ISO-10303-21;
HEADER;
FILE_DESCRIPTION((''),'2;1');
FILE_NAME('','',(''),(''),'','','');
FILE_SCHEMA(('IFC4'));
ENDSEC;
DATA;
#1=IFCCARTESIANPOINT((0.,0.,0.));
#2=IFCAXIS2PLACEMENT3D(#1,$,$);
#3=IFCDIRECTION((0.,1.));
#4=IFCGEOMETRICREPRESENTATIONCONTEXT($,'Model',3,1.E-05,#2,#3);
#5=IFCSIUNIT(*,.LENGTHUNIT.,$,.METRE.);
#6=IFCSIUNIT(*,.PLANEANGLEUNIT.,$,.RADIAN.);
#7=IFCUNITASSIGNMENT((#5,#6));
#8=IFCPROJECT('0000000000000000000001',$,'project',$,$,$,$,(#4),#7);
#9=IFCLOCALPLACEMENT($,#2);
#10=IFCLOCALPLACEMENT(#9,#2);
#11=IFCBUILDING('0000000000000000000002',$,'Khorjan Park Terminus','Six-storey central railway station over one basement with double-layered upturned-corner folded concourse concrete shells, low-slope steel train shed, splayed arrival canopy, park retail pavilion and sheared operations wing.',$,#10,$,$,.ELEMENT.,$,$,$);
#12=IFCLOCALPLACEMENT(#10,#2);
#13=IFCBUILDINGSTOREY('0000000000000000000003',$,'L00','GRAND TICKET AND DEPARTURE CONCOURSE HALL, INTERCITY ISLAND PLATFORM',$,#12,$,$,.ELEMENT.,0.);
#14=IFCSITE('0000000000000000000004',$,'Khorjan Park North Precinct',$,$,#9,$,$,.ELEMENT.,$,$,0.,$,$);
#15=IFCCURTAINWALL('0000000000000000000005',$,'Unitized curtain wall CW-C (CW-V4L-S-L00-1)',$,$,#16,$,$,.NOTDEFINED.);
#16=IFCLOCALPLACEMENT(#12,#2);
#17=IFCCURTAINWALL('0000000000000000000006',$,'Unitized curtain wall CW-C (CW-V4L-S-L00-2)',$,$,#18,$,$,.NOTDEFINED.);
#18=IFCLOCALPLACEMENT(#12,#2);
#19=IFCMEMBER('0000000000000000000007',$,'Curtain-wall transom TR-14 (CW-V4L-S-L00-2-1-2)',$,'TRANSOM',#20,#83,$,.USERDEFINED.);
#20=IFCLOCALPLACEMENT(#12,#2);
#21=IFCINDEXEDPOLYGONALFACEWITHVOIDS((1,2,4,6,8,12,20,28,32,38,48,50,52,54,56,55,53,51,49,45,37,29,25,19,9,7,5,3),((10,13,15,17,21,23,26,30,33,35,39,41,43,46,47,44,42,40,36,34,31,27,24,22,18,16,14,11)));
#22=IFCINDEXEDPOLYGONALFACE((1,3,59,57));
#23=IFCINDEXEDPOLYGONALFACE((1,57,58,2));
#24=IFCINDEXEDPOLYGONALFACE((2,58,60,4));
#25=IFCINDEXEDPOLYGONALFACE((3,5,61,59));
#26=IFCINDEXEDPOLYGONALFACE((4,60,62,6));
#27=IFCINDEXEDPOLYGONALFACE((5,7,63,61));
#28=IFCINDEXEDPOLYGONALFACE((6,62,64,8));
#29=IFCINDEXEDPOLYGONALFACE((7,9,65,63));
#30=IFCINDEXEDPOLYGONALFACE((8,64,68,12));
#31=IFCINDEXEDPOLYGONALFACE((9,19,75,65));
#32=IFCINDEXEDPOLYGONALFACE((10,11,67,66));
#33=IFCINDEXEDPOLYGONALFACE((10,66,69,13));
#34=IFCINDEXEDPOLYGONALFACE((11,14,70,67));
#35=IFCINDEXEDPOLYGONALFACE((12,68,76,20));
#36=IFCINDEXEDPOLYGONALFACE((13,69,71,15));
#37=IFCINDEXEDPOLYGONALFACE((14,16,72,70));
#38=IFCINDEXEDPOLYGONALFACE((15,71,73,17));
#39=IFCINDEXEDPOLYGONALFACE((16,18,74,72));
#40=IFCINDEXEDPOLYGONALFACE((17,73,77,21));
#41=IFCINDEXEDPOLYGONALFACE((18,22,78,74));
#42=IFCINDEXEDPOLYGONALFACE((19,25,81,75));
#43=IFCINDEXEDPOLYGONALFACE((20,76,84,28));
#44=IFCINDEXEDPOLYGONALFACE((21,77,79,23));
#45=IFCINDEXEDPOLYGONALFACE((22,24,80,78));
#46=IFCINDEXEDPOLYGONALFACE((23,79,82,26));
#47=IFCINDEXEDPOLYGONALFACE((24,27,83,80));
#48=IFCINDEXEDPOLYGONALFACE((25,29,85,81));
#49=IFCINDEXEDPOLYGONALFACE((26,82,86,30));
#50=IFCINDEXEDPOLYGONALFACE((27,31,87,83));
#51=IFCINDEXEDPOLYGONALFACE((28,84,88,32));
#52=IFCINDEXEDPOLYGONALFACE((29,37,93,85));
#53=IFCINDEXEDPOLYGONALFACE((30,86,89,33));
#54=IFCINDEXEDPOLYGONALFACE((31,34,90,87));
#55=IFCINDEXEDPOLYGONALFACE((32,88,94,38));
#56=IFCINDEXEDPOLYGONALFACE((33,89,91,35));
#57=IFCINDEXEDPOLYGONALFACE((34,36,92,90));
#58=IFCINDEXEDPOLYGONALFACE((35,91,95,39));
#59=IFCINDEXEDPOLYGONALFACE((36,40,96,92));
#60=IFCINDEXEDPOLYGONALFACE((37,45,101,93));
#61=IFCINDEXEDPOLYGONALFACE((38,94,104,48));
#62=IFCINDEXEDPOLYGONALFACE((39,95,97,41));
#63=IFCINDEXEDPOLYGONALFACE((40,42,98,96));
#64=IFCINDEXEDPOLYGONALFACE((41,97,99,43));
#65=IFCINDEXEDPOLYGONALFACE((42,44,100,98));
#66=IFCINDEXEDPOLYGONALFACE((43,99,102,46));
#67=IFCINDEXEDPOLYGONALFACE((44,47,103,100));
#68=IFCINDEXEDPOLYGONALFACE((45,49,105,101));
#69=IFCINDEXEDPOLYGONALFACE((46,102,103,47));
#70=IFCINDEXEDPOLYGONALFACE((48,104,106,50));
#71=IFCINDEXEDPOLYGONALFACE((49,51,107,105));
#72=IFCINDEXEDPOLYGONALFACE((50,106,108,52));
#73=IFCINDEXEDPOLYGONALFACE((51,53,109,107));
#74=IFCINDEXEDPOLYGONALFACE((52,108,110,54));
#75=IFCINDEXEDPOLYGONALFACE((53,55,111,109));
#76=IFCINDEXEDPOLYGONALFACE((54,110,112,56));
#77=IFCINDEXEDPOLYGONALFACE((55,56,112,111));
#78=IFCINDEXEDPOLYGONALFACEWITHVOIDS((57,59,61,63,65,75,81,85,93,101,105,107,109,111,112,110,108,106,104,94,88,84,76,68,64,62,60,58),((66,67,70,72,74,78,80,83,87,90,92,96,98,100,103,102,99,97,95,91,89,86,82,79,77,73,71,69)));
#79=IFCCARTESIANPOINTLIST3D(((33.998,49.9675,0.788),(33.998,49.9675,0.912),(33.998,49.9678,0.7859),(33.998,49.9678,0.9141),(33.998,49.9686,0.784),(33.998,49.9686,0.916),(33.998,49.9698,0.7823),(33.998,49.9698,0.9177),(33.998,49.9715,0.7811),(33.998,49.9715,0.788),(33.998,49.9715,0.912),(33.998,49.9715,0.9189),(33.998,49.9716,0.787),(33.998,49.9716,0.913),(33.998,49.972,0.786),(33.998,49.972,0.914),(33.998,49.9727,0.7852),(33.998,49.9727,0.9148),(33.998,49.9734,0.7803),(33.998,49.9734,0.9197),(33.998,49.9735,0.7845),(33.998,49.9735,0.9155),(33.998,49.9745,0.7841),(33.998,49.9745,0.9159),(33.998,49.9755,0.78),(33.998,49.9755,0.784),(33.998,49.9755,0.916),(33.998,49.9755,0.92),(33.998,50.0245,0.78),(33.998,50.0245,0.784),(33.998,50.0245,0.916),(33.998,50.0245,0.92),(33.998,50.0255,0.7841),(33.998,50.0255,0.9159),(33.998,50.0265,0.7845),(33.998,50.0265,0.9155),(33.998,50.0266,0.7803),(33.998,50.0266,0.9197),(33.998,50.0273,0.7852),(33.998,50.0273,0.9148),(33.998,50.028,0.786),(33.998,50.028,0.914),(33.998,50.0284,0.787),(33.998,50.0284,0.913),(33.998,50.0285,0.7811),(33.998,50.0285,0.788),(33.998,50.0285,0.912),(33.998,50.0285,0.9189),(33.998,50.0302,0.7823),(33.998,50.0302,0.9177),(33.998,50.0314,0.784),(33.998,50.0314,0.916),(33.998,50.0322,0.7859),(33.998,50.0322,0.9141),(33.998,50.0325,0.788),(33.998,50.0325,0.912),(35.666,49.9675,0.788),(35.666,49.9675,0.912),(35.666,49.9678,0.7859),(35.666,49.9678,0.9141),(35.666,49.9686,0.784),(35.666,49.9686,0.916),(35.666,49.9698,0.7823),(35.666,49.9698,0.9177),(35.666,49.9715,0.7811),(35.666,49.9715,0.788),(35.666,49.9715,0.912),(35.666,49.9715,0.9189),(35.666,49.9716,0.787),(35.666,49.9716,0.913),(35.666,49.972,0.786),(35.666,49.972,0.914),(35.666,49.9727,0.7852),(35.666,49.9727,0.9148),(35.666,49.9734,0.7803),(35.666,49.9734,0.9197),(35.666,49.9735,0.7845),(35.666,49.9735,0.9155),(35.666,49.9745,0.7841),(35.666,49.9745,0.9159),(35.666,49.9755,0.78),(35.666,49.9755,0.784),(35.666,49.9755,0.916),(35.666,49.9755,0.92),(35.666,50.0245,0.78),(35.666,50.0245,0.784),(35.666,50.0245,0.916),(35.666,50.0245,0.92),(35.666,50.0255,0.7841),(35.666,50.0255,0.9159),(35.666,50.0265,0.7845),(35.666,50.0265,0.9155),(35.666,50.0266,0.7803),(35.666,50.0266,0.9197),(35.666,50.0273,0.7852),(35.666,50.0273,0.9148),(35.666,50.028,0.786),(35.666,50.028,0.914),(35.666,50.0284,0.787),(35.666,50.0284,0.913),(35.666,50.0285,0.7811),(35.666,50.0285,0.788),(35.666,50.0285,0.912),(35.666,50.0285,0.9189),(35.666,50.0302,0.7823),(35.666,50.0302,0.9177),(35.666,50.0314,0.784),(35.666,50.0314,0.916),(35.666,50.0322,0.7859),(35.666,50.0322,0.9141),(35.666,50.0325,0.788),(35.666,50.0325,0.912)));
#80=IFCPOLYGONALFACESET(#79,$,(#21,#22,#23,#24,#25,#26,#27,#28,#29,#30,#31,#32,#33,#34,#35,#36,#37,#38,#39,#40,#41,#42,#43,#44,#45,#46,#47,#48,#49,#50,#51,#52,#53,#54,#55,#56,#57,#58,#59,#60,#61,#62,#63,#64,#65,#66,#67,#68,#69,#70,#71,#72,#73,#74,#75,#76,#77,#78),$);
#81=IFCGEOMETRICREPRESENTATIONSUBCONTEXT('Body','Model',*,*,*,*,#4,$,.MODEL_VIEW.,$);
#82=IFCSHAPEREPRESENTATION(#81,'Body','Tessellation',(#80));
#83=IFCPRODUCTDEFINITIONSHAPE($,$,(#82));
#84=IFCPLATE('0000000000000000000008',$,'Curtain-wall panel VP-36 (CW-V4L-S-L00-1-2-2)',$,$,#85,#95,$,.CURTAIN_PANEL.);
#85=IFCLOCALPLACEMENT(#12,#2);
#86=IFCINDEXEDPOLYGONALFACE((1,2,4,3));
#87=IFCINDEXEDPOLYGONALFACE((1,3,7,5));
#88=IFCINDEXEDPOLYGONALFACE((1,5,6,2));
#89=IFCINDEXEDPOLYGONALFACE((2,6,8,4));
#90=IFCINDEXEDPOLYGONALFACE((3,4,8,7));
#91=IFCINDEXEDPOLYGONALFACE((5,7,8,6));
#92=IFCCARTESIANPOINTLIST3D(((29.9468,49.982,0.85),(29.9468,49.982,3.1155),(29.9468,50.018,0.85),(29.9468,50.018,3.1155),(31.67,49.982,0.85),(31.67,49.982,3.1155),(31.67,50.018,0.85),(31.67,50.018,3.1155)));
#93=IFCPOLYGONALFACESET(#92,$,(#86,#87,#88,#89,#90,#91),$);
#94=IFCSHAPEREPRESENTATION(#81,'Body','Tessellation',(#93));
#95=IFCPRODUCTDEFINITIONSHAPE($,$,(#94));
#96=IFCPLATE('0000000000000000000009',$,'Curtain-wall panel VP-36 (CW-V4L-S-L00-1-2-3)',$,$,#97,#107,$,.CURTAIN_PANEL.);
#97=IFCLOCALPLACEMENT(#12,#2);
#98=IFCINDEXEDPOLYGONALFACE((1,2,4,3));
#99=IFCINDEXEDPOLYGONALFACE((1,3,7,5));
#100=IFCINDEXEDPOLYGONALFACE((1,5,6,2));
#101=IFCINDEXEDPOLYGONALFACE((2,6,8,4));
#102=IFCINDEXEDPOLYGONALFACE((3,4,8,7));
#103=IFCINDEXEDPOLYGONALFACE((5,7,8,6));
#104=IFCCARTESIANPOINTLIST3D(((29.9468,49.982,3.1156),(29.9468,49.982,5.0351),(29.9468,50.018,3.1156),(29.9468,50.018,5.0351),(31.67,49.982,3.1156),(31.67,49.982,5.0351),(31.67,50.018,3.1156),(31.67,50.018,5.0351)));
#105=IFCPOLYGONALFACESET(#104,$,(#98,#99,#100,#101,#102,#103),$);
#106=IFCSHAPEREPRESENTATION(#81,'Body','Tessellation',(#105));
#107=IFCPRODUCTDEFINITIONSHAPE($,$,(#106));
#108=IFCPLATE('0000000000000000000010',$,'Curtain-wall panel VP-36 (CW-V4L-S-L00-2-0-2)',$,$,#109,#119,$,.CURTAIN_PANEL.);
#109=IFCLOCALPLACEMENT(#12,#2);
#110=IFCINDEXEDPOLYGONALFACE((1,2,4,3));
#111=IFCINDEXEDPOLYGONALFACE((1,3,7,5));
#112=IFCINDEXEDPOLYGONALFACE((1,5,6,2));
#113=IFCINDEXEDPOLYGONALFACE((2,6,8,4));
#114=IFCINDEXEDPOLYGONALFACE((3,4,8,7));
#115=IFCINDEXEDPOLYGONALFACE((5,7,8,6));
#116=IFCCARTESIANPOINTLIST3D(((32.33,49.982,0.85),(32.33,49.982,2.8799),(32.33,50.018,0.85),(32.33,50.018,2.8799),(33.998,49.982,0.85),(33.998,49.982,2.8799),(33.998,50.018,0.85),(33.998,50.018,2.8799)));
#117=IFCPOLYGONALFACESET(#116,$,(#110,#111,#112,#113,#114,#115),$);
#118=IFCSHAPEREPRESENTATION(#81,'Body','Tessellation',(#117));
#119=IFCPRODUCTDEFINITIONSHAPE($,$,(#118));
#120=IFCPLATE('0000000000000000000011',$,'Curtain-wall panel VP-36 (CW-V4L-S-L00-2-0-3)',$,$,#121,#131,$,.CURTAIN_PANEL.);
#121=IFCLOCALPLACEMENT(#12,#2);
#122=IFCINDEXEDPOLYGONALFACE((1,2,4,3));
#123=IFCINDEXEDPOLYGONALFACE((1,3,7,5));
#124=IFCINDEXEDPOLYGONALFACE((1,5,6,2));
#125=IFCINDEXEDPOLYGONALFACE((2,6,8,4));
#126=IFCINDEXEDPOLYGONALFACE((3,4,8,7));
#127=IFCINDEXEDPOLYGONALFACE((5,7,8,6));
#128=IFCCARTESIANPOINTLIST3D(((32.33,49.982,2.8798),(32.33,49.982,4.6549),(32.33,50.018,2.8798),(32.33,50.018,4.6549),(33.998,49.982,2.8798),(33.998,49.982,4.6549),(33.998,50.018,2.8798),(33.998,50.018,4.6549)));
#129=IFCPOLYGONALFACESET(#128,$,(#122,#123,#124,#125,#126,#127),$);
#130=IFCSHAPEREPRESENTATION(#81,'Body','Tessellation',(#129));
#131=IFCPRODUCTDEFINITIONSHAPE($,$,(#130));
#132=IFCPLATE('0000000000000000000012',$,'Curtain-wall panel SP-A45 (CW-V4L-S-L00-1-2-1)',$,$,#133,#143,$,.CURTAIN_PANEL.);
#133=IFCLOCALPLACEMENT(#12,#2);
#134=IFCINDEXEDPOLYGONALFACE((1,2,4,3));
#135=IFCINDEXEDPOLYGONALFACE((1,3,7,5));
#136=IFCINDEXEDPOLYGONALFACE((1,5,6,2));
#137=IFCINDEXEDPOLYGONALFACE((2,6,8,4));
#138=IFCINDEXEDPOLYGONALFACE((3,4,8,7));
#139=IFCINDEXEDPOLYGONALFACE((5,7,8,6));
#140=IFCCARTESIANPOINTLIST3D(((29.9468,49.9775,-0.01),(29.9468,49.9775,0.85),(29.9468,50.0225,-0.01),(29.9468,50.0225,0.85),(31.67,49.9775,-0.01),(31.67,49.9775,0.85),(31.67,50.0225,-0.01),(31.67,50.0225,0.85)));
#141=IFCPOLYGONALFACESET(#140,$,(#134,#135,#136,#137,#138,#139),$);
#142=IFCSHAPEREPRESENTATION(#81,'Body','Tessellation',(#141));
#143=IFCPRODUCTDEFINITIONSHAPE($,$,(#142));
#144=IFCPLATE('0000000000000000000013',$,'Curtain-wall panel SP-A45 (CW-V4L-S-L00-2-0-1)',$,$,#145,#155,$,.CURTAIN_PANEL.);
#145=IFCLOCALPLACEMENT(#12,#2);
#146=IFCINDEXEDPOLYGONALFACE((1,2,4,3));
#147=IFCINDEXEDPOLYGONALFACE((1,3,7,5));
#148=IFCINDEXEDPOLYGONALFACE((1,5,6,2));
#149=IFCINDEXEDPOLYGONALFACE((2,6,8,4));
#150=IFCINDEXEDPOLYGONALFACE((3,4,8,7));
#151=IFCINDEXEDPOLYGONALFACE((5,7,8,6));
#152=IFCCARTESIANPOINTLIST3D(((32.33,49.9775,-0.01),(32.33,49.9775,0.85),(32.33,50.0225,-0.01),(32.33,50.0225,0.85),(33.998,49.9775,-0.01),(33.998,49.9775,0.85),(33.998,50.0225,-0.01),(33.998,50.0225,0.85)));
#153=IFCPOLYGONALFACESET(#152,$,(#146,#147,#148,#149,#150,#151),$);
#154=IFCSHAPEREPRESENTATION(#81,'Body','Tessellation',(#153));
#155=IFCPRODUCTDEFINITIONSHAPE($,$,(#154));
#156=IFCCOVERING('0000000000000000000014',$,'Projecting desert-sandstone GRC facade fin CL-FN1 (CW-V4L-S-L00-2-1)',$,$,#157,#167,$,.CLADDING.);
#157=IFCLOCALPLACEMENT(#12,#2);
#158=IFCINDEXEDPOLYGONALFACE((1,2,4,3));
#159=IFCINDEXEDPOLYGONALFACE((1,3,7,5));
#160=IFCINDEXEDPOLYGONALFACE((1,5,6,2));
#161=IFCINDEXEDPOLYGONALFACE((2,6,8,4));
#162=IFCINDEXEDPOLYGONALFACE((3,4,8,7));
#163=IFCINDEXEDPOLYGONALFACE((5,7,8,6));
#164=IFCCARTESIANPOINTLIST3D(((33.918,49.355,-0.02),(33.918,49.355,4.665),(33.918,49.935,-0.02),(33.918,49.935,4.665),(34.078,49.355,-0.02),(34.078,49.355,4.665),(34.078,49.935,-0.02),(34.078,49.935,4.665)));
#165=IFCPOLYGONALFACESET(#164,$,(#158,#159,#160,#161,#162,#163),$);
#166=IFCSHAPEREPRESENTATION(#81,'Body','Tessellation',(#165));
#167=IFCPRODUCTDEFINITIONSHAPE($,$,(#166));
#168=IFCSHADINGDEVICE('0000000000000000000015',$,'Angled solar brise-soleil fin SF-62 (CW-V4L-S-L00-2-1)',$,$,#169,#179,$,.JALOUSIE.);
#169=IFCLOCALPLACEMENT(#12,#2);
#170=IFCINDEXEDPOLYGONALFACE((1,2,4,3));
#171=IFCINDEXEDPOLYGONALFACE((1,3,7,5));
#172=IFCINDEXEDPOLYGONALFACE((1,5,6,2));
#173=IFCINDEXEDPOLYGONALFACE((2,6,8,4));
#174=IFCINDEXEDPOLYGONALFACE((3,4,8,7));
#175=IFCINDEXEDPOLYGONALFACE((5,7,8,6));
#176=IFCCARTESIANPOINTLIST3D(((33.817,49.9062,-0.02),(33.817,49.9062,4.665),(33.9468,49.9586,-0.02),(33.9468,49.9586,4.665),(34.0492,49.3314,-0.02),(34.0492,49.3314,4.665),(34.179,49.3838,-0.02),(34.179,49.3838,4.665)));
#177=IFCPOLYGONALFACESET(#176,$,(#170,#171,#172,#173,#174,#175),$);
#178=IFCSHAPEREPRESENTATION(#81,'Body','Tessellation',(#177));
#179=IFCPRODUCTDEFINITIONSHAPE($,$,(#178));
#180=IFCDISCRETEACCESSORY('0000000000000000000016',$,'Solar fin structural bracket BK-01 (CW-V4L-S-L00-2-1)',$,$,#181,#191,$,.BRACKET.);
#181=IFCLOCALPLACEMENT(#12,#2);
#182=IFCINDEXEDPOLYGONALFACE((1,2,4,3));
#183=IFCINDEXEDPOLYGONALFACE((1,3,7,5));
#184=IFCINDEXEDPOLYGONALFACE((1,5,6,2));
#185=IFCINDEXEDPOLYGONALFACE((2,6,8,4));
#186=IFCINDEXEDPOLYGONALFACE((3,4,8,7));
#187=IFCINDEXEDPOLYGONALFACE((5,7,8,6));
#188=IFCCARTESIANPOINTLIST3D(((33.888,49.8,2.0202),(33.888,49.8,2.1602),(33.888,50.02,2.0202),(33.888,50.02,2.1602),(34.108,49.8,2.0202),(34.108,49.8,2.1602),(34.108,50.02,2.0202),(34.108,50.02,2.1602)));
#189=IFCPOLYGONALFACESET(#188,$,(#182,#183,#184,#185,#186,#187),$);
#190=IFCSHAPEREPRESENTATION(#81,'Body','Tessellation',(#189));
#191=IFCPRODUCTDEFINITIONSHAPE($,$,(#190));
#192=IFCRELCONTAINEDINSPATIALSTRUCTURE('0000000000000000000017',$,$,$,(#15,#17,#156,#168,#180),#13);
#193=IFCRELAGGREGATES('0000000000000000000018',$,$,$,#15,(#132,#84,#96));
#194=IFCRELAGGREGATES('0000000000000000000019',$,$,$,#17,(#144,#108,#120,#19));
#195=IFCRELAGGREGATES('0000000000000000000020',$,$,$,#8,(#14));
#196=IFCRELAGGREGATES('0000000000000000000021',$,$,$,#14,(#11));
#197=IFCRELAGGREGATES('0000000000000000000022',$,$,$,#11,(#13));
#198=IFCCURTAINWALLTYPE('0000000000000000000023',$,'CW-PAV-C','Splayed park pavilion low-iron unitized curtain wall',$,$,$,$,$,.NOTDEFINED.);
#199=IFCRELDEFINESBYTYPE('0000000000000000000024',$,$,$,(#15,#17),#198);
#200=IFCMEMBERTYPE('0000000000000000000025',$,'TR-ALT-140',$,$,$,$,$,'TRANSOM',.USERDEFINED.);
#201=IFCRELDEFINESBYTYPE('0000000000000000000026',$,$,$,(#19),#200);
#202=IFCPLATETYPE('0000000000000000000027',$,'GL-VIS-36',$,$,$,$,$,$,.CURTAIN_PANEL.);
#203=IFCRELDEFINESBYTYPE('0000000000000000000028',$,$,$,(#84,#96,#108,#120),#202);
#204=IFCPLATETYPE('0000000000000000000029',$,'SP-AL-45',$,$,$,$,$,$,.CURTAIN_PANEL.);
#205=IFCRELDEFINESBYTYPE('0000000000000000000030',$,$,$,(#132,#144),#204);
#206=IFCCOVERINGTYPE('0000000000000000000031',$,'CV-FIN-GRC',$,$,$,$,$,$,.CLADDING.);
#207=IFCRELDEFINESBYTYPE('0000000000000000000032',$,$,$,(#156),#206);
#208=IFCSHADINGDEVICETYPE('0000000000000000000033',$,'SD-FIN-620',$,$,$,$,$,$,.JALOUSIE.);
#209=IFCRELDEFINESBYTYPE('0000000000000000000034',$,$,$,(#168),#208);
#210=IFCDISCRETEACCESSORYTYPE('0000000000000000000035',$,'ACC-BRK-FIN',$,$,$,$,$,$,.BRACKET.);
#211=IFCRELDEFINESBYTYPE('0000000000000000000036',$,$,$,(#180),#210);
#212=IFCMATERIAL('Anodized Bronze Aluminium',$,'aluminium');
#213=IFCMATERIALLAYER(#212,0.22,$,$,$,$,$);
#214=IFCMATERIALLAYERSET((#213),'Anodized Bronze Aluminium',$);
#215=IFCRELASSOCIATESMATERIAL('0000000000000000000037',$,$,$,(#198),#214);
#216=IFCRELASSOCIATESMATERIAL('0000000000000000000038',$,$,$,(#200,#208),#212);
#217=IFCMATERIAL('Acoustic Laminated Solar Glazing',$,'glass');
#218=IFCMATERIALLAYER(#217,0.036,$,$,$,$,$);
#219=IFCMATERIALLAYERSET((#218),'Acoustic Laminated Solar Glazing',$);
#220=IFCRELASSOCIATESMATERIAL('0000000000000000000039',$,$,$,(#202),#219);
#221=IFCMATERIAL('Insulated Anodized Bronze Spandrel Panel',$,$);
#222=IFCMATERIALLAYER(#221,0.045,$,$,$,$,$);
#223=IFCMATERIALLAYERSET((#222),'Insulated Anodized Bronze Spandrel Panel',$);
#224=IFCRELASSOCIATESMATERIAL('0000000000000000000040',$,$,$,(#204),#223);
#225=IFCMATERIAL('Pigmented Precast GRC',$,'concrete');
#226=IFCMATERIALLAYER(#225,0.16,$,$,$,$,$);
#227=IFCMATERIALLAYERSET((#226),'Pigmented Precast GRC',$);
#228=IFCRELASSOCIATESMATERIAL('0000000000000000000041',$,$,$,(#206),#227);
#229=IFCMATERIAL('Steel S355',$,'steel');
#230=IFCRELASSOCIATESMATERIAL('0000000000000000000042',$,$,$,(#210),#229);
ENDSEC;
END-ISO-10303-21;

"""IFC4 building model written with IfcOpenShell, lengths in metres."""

from ifc_helpers import new_model, si_unit, direction, frame, origin, origin_2d, place, context, subcontext, project, spatial, rectangle, hollow_rectangle, extrude, material, layer, layer_set, material_profile, profile_set, type_object, element, aggregate, save


model = new_model("IFC4")

# Units and contexts
model_context = context("Model", 3, precision=1e-05, world=origin(), true_north=direction((0.0, 1.0)))
body_context = subcontext(model_context, "Body", "Model", "MODEL_VIEW")
ifc_project = project(units=[si_unit("LENGTHUNIT", "METRE"), si_unit("PLANEANGLEUNIT", "RADIAN")], contexts=[model_context])

# Site, building, storey
site_placement = place(None, origin())
site = spatial("IfcSite", under=ifc_project, at=site_placement, Name="Khorjan Park North Precinct", CompositionType="ELEMENT", RefElevation=0.0)
building_placement = place(site_placement, origin())
building = spatial("IfcBuilding", under=site, at=building_placement, Name="Khorjan Park Terminus", Description="Six-storey central railway station over one basement with double-layered upturned-corner folded concourse concrete shells, low-slope steel train shed, splayed arrival canopy, park retail pavilion and sheared operations wing.", CompositionType="ELEMENT")
storey_placement = place(building_placement, origin())
storey = spatial("IfcBuildingStorey", under=building, at=storey_placement, Name="L00", Description="GRAND TICKET AND DEPARTURE CONCOURSE HALL, INTERCITY ISLAND PLATFORM", CompositionType="ELEMENT", Elevation=0.0)

# Curtain wall
ifc_material_1 = material(Name="Anodized Bronze Aluminium", Category="aluminium")
ifc_layer_1 = layer(ifc_material_1, 0.22)
ifc_layer_set_1 = layer_set([ifc_layer_1], Name="Anodized Bronze Aluminium")
curtain_wall_type = type_object("IfcCurtainWallType", Name="CW-PAV-C", Description="Splayed park pavilion low-iron unitized curtain wall", PredefinedType="NOTDEFINED", material=ifc_layer_set_1)
curtain_wall_1_placement = place(storey_placement, origin())
curtain_wall_1 = element("IfcCurtainWall", 1, at=curtain_wall_1_placement, inside=storey, type_object=curtain_wall_type, Name="Unitized curtain wall CW-C (CW-V4L-S-L00-1)", PredefinedType="NOTDEFINED")

# Curtain wall
curtain_wall_2_placement = place(storey_placement, origin())
curtain_wall_2 = element("IfcCurtainWall", 2, at=curtain_wall_2_placement, inside=storey, type_object=curtain_wall_type, Name="Unitized curtain wall CW-C (CW-V4L-S-L00-2)", PredefinedType="NOTDEFINED")

# Member
ifc_material_profile_1 = material_profile(ifc_material_1, hollow_rectangle(XDim=0.065, YDim=0.14, WallThickness=0.004, InnerFilletRadius=0.004, OuterFilletRadius=0.008, at=origin_2d()), Name="ALT 65x140x4")
ifc_profile_set_1 = profile_set([ifc_material_profile_1], Name="Anodized Bronze Aluminium")
member_type_1 = type_object("IfcMemberType", Name="TR-ALT-140", ElementType="TRANSOM", PredefinedType="USERDEFINED", material=ifc_profile_set_1)
member_1_placement = place(storey_placement, frame((33.998, 50.0, 0.85), z_axis=(1.0, 0.0, 0.0), x_axis=(0.0, 1.0, 0.0)))
member_1 = element("IfcMember", 3, at=member_1_placement, type_object=member_type_1, Name="Curtain-wall transom TR-14 (CW-V4L-S-L00-2-1-2)", ObjectType="TRANSOM", PredefinedType="USERDEFINED", context=body_context, shape_type="SweptSolid", body=[
    extrude(hollow_rectangle(XDim=0.065, YDim=0.14, WallThickness=0.004, InnerFilletRadius=0.004, OuterFilletRadius=0.008, at=origin_2d()), origin(), (0.0, 0.0, 1.0), 1.668),
])

# Plates
ifc_material_2 = material(Name="Acoustic Laminated Solar Glazing", Category="glass")
ifc_layer_2 = layer(ifc_material_2, 0.036)
ifc_layer_set_2 = layer_set([ifc_layer_2], Name="Acoustic Laminated Solar Glazing")
plate_type_1 = type_object("IfcPlateType", Name="GL-VIS-36", PredefinedType="CURTAIN_PANEL", material=ifc_layer_set_2)
plate_1_placement = place(storey_placement, frame((30.8084, 50.0, 0.85), z_axis=(0.0, 0.0, 1.0), x_axis=(1.0, 0.0, 0.0)))
plate_1 = element("IfcPlate", 4, at=plate_1_placement, type_object=plate_type_1, Name="Curtain-wall panel VP-36 (CW-V4L-S-L00-1-2-2)", PredefinedType="CURTAIN_PANEL", context=body_context, shape_type="SweptSolid", body=[
    extrude(rectangle(XDim=1.7233, YDim=0.036, at=origin_2d()), origin(), (0.0, 0.0, 1.0), 2.2655),
])
plate_2_placement = place(storey_placement, frame((30.8084, 50.0, 3.1156), z_axis=(0.0, 0.0, 1.0), x_axis=(1.0, 0.0, 0.0)))
plate_2 = element("IfcPlate", 5, at=plate_2_placement, type_object=plate_type_1, Name="Curtain-wall panel VP-36 (CW-V4L-S-L00-1-2-3)", PredefinedType="CURTAIN_PANEL", context=body_context, shape_type="SweptSolid", body=[
    extrude(rectangle(XDim=1.7233, YDim=0.036, at=origin_2d()), origin(), (0.0, 0.0, 1.0), 1.9195),
])
plate_3_placement = place(storey_placement, frame((33.164, 50.0, 0.85), z_axis=(0.0, 0.0, 1.0), x_axis=(1.0, 0.0, 0.0)))
plate_3 = element("IfcPlate", 6, at=plate_3_placement, type_object=plate_type_1, Name="Curtain-wall panel VP-36 (CW-V4L-S-L00-2-0-2)", PredefinedType="CURTAIN_PANEL", context=body_context, shape_type="SweptSolid", body=[
    extrude(rectangle(XDim=1.668, YDim=0.036, at=origin_2d()), origin(), (0.0, 0.0, 1.0), 2.0299),
])
plate_4_placement = place(storey_placement, frame((33.164, 50.0, 2.8798), z_axis=(0.0, 0.0, 1.0), x_axis=(1.0, 0.0, 0.0)))
plate_4 = element("IfcPlate", 7, at=plate_4_placement, type_object=plate_type_1, Name="Curtain-wall panel VP-36 (CW-V4L-S-L00-2-0-3)", PredefinedType="CURTAIN_PANEL", context=body_context, shape_type="SweptSolid", body=[
    extrude(rectangle(XDim=1.668, YDim=0.036, at=origin_2d()), origin(), (0.0, 0.0, 1.0), 1.7751),
])
ifc_material_3 = material(Name="Insulated Anodized Bronze Spandrel Panel")
ifc_layer_3 = layer(ifc_material_3, 0.045)
ifc_layer_set_3 = layer_set([ifc_layer_3], Name="Insulated Anodized Bronze Spandrel Panel")
plate_type_2 = type_object("IfcPlateType", Name="SP-AL-45", PredefinedType="CURTAIN_PANEL", material=ifc_layer_set_3)
plate_5_placement = place(storey_placement, frame((30.8084, 50.0, -0.01), z_axis=(0.0, 0.0, 1.0), x_axis=(1.0, 0.0, 0.0)))
plate_5 = element("IfcPlate", 8, at=plate_5_placement, type_object=plate_type_2, Name="Curtain-wall panel SP-A45 (CW-V4L-S-L00-1-2-1)", PredefinedType="CURTAIN_PANEL", context=body_context, shape_type="SweptSolid", body=[
    extrude(rectangle(XDim=1.7233, YDim=0.045, at=origin_2d()), origin(), (0.0, 0.0, 1.0), 0.86),
])
aggregate(curtain_wall_1, [plate_5, plate_1, plate_2])
plate_6_placement = place(storey_placement, frame((33.164, 50.0, -0.01), z_axis=(0.0, 0.0, 1.0), x_axis=(1.0, 0.0, 0.0)))
plate_6 = element("IfcPlate", 9, at=plate_6_placement, type_object=plate_type_2, Name="Curtain-wall panel SP-A45 (CW-V4L-S-L00-2-0-1)", PredefinedType="CURTAIN_PANEL", context=body_context, shape_type="SweptSolid", body=[
    extrude(rectangle(XDim=1.668, YDim=0.045, at=origin_2d()), origin(), (0.0, 0.0, 1.0), 0.86),
])
aggregate(curtain_wall_2, [plate_6, plate_3, plate_4, member_1])

# Covering
ifc_material_4 = material(Name="Pigmented Precast GRC", Category="concrete")
ifc_layer_4 = layer(ifc_material_4, 0.16)
ifc_layer_set_4 = layer_set([ifc_layer_4], Name="Pigmented Precast GRC")
covering_type = type_object("IfcCoveringType", Name="CV-FIN-GRC", PredefinedType="CLADDING", material=ifc_layer_set_4)
covering_placement = place(storey_placement, frame((33.998, 49.645, -0.02), z_axis=(0.0, 0.0, 1.0), x_axis=(0.0, 1.0, 0.0)))
element("IfcCovering", 10, at=covering_placement, inside=storey, type_object=covering_type, Name="Projecting desert-sandstone GRC facade fin CL-FN1 (CW-V4L-S-L00-2-1)", PredefinedType="CLADDING", context=body_context, shape_type="SweptSolid", body=[
    extrude(rectangle(XDim=0.58, YDim=0.16, at=origin_2d()), origin(), (0.0, 0.0, 1.0), 4.685),
])

# Shading device
shading_device_type = type_object("IfcShadingDeviceType", Name="SD-FIN-620", PredefinedType="JALOUSIE", material=ifc_material_1)
shading_device_placement = place(storey_placement, frame((33.998, 49.645, -0.02), z_axis=(0.0, 0.0, 1.0), x_axis=(-0.374607, 0.927184, 0.0)))
element("IfcShadingDevice", 11, at=shading_device_placement, inside=storey, type_object=shading_device_type, Name="Angled solar brise-soleil fin SF-62 (CW-V4L-S-L00-2-1)", PredefinedType="JALOUSIE", context=body_context, shape_type="SweptSolid", body=[
    extrude(rectangle(XDim=0.62, YDim=0.14, at=origin_2d()), origin(), (0.0, 0.0, 1.0), 4.685),
])

# Discrete accessory
ifc_material_5 = material(Name="Steel S355", Category="steel")
discrete_accessory_type_1 = type_object("IfcDiscreteAccessoryType", Name="ACC-BRK-FIN", PredefinedType="BRACKET", material=ifc_material_5)
discrete_accessory_1_placement = place(storey_placement, frame((33.998, 49.91, 2.0202), z_axis=(0.0, 0.0, 1.0), x_axis=(1.0, 0.0, 0.0)))
element("IfcDiscreteAccessory", 12, at=discrete_accessory_1_placement, inside=storey, type_object=discrete_accessory_type_1, Name="Solar fin structural bracket BK-01 (CW-V4L-S-L00-2-1)", PredefinedType="BRACKET", context=body_context, shape_type="SweptSolid", body=[
    extrude(rectangle(XDim=0.22, YDim=0.22, at=origin_2d()), origin(), (0.0, 0.0, 1.0), 0.14),
])

save(model, "model.ifc")
